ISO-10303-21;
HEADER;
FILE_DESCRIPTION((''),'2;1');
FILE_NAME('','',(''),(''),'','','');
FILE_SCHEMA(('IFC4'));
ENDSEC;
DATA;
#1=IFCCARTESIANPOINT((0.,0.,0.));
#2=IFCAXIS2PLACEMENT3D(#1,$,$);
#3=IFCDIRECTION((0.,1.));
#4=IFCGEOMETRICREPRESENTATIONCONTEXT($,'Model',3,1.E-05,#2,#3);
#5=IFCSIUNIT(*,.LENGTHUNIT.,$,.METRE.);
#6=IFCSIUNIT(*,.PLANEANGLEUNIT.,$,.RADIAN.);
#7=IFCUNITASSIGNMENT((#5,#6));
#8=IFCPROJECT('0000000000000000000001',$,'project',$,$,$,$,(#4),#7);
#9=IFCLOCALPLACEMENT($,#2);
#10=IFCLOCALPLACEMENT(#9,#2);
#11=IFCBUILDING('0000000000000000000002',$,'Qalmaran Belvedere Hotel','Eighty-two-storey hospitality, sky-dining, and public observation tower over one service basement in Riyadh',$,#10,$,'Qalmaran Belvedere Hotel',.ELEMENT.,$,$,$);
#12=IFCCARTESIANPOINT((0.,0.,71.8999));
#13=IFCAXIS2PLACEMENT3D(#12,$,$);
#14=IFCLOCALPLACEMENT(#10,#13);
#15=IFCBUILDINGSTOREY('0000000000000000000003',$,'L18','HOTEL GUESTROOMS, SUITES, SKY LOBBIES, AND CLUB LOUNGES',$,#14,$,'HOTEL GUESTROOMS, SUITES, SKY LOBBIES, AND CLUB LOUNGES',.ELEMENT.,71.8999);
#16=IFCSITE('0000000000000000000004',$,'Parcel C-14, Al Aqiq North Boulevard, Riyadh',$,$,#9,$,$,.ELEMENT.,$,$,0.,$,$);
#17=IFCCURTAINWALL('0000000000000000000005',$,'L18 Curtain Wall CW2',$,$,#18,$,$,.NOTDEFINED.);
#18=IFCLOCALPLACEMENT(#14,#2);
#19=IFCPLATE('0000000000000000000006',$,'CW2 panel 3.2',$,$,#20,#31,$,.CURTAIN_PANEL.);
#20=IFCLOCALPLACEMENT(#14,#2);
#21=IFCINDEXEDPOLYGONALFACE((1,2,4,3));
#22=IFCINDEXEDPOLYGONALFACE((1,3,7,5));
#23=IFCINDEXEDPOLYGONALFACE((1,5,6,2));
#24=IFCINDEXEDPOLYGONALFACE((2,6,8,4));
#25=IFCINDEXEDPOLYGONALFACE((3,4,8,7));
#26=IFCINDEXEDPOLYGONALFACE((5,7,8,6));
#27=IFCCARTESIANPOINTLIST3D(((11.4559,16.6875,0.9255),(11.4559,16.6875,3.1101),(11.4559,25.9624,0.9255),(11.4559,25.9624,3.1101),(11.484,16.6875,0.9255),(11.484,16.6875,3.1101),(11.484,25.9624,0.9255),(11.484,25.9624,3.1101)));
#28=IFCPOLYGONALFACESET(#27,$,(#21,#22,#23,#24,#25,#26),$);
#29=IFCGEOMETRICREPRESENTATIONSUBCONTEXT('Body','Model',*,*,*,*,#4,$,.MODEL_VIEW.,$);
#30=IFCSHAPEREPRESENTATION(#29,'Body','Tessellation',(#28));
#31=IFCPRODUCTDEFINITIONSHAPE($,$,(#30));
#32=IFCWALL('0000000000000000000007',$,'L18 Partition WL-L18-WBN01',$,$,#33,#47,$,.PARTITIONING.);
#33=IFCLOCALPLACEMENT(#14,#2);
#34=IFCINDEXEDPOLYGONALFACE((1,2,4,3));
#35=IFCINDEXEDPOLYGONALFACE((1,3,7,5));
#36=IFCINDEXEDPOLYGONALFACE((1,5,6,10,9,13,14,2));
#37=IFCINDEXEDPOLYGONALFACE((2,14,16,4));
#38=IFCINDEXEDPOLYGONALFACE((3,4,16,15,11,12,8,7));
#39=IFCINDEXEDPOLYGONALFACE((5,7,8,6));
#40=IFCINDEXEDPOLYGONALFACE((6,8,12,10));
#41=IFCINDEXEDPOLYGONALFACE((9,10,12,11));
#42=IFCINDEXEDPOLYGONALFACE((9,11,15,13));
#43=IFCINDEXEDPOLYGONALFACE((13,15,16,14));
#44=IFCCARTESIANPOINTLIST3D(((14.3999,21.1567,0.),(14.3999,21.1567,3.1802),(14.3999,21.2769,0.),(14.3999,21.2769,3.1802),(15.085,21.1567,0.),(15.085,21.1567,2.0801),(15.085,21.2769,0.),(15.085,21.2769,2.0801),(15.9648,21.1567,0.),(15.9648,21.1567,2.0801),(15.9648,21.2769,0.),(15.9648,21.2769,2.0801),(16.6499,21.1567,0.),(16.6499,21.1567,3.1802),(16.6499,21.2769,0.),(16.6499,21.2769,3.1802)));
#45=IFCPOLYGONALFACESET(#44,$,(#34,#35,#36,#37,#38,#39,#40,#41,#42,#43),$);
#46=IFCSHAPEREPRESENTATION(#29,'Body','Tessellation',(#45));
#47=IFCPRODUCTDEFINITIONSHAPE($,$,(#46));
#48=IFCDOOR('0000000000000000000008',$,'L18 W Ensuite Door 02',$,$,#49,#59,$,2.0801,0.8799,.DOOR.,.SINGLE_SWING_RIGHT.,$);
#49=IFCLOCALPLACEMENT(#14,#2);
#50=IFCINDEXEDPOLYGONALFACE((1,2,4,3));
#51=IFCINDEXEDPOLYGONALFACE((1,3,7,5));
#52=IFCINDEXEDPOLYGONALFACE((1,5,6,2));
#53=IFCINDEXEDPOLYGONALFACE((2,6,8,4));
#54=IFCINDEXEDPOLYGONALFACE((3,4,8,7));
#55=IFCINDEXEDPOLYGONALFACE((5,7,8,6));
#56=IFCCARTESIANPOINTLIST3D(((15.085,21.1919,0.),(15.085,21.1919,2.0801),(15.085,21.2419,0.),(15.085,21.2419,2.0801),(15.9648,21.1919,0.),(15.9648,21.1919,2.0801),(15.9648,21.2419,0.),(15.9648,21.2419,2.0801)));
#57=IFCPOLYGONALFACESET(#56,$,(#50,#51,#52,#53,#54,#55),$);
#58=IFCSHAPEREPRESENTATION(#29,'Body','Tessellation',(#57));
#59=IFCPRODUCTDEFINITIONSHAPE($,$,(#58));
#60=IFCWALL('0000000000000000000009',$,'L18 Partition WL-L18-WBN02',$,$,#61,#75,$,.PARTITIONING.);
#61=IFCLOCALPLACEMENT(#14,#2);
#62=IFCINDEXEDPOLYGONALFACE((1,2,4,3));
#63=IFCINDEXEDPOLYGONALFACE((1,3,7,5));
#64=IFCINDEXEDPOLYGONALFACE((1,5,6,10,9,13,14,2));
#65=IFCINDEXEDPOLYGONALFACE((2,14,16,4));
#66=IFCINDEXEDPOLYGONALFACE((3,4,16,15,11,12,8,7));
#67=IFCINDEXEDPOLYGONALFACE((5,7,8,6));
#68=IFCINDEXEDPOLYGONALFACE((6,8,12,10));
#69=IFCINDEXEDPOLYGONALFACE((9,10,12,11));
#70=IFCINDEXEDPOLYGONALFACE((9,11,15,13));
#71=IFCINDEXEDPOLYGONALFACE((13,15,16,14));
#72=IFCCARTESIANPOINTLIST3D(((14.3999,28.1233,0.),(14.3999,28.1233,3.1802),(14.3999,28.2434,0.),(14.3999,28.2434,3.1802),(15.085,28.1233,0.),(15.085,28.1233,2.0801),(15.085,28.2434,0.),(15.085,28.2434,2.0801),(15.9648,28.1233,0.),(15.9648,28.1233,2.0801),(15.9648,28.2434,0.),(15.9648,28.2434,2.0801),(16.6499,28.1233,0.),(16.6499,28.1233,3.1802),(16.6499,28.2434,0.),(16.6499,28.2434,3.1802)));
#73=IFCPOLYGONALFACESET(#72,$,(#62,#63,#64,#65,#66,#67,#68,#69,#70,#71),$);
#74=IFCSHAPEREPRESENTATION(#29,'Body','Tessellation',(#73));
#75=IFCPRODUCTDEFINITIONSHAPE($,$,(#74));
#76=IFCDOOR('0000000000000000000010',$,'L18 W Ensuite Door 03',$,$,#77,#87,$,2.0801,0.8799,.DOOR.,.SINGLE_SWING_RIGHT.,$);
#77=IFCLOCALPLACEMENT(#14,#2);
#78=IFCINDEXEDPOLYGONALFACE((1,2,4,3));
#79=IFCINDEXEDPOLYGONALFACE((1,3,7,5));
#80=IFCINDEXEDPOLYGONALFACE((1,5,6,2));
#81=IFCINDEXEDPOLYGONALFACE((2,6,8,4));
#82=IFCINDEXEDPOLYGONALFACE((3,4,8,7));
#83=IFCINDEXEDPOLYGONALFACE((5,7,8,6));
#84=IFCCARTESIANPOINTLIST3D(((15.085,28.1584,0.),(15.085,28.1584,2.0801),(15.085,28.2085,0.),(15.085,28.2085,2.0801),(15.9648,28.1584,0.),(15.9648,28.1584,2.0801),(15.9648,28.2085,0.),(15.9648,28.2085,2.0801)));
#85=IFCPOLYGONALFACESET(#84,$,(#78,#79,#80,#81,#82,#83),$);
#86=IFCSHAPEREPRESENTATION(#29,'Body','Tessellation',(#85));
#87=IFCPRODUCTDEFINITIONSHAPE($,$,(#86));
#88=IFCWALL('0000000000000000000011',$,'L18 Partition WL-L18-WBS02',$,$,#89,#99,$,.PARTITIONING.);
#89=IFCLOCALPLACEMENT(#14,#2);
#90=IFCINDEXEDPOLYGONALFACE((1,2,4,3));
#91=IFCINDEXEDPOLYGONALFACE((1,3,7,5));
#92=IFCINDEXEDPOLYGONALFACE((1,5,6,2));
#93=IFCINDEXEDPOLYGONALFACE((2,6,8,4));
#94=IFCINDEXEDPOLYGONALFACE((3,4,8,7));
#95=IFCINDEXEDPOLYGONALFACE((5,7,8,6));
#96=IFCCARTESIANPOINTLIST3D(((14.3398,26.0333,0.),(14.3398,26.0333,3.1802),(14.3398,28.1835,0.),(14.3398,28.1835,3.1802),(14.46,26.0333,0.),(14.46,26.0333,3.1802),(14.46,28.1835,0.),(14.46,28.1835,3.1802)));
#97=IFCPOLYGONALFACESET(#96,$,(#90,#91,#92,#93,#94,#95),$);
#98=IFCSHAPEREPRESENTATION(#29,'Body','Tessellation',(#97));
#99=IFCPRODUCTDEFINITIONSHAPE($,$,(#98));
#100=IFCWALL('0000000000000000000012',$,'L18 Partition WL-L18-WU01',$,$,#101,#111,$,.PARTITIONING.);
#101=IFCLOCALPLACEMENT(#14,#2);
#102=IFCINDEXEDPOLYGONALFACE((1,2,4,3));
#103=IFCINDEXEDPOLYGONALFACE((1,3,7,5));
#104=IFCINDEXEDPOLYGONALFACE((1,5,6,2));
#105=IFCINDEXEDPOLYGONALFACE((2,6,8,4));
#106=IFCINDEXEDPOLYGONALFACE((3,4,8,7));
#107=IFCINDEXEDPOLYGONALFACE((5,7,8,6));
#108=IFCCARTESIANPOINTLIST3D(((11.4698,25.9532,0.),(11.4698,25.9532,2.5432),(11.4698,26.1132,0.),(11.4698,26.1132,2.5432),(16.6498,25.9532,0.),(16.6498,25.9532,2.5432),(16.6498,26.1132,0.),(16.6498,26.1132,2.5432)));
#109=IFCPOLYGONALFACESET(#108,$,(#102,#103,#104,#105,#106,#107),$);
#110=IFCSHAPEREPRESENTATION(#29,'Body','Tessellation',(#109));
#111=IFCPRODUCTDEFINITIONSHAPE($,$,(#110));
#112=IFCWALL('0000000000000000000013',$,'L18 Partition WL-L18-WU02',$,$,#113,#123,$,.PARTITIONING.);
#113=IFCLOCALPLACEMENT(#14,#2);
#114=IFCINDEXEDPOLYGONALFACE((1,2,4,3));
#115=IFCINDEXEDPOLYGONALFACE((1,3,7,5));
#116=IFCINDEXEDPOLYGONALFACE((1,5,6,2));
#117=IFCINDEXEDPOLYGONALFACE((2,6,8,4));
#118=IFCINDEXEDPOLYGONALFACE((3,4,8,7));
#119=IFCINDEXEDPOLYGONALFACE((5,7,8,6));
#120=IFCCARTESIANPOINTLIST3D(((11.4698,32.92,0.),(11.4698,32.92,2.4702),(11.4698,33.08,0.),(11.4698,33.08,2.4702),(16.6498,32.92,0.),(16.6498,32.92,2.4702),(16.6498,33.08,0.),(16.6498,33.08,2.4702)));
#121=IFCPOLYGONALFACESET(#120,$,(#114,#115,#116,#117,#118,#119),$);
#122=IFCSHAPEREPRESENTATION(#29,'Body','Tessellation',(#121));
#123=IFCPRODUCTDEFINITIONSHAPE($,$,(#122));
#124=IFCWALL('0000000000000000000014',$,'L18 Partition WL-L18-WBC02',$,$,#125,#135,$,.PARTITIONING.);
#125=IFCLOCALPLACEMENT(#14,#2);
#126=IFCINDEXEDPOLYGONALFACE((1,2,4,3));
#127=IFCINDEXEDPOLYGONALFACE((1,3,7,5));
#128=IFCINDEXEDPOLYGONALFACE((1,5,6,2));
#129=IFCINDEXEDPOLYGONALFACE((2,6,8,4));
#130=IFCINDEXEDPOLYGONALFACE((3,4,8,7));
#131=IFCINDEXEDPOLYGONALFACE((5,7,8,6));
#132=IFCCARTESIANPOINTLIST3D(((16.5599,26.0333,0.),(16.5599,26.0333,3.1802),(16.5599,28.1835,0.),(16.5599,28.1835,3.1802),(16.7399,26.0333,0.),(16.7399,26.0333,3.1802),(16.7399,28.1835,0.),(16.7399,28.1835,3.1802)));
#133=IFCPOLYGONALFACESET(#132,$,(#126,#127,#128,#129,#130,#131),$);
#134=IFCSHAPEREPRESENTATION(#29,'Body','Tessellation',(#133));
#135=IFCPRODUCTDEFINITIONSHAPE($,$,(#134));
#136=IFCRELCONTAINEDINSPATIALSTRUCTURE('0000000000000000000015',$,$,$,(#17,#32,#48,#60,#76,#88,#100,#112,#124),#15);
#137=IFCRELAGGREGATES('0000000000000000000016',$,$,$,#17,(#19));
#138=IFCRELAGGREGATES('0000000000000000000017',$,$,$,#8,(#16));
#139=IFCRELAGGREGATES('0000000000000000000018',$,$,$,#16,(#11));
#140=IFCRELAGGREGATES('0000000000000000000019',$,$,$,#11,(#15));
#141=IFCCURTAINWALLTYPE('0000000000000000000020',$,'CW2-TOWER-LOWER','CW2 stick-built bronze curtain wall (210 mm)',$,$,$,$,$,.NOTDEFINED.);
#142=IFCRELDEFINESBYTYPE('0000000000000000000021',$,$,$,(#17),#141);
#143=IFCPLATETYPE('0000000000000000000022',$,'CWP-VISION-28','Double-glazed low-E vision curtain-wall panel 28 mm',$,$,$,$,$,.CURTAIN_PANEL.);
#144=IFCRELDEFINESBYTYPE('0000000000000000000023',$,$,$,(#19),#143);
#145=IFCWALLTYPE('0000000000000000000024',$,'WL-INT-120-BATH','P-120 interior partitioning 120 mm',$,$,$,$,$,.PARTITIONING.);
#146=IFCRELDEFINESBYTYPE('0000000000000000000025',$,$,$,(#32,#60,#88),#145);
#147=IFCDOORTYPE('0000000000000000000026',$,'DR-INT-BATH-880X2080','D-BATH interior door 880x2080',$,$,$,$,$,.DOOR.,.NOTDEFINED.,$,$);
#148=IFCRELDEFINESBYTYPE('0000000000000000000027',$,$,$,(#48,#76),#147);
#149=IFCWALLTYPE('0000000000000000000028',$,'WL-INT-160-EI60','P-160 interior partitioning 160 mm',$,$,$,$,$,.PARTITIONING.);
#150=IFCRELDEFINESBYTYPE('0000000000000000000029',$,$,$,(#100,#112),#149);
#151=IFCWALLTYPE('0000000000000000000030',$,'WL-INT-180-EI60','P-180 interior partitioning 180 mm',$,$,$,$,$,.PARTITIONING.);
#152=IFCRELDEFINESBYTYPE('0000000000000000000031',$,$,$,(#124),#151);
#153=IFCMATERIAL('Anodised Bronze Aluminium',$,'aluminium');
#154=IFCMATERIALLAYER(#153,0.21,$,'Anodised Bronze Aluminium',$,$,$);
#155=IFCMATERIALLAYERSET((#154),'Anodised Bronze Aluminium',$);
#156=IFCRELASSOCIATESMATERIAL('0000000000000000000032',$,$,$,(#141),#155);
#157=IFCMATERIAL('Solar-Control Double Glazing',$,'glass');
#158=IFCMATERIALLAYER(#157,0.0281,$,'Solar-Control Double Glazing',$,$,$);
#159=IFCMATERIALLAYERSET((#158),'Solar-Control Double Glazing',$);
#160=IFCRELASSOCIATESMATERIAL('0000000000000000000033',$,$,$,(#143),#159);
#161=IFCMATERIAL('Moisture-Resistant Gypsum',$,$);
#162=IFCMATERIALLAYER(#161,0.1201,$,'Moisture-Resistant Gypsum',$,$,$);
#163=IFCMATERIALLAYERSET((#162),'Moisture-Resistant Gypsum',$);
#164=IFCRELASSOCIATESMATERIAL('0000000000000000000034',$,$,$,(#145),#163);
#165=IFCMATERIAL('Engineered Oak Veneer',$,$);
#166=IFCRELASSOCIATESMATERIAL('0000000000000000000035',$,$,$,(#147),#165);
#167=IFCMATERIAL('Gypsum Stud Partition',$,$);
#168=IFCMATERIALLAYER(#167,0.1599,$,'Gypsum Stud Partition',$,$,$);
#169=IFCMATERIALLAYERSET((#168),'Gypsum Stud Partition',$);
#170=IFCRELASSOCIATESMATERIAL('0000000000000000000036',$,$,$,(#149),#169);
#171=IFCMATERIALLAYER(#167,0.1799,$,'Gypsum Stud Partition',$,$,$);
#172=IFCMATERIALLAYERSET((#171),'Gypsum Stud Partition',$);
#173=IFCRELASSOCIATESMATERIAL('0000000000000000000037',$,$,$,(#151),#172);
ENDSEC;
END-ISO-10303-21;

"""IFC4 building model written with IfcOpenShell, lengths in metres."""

from ifc_helpers import new_model, si_unit, direction, frame, frame_2d, origin, origin_2d, place, context, subcontext, project, spatial, rectangle, extrude, material, layer, layer_set, type_object, element, fill, aggregate, save


model = new_model("IFC4")

# Units and contexts
model_context = context("Model", 3, precision=1e-05, world=origin(), true_north=direction((0.0, 1.0)))
body_context = subcontext(model_context, "Body", "Model", "MODEL_VIEW")
ifc_project = project(units=[si_unit("LENGTHUNIT", "METRE"), si_unit("PLANEANGLEUNIT", "RADIAN")], contexts=[model_context])

# Site, building, storey
site_placement = place(None, origin())
site = spatial("IfcSite", under=ifc_project, at=site_placement, Name="Parcel C-14, Al Aqiq North Boulevard, Riyadh", CompositionType="ELEMENT", RefElevation=0.0)
building_placement = place(site_placement, origin())
building = spatial("IfcBuilding", under=site, at=building_placement, Name="Qalmaran Belvedere Hotel", Description="Eighty-two-storey hospitality, sky-dining, and public observation tower over one service basement in Riyadh", LongName="Qalmaran Belvedere Hotel", CompositionType="ELEMENT")
storey_placement = place(building_placement, frame((0.0, 0.0, 71.8999)))
storey = spatial("IfcBuildingStorey", under=building, at=storey_placement, Name="L18", Description="HOTEL GUESTROOMS, SUITES, SKY LOBBIES, AND CLUB LOUNGES", LongName="HOTEL GUESTROOMS, SUITES, SKY LOBBIES, AND CLUB LOUNGES", CompositionType="ELEMENT", Elevation=71.8999)

# Curtain wall, plate
ifc_material_1 = material(Name="Anodised Bronze Aluminium", Category="aluminium")
ifc_layer_1 = layer(ifc_material_1, 0.21, Name="Anodised Bronze Aluminium")
ifc_layer_set_1 = layer_set([ifc_layer_1], Name="Anodised Bronze Aluminium")
curtain_wall_type = type_object("IfcCurtainWallType", Name="CW2-TOWER-LOWER", Description="CW2 stick-built bronze curtain wall (210 mm)", PredefinedType="NOTDEFINED", material=ifc_layer_set_1)
curtain_wall_placement = place(storey_placement, origin())
curtain_wall = element("IfcCurtainWall", 1, at=curtain_wall_placement, inside=storey, type_object=curtain_wall_type, Name="L18 Curtain Wall CW2", PredefinedType="NOTDEFINED")
ifc_material_2 = material(Name="Solar-Control Double Glazing", Category="glass")
ifc_layer_2 = layer(ifc_material_2, 0.0281, Name="Solar-Control Double Glazing")
ifc_layer_set_2 = layer_set([ifc_layer_2], Name="Solar-Control Double Glazing")
plate_type_1 = type_object("IfcPlateType", Name="CWP-VISION-28", Description="Double-glazed low-E vision curtain-wall panel 28 mm", PredefinedType="CURTAIN_PANEL", material=ifc_layer_set_2)
plate_1_placement = place(storey_placement, frame((11.47, 21.325, 0.9255), z_axis=(0.0, 0.0, 1.0), x_axis=(0.0, -1.0, 0.0)))
plate_1 = element("IfcPlate", 2, at=plate_1_placement, type_object=plate_type_1, Name="CW2 panel 3.2", PredefinedType="CURTAIN_PANEL", context=body_context, shape_type="SweptSolid", body=[
    extrude(rectangle(XDim=9.2749, YDim=0.0281, at=origin_2d()), origin(), (0.0, 0.0, 1.0), 2.1846),
])
aggregate(curtain_wall, [plate_1])

# Walls, openings, doors
ifc_material_3 = material(Name="Moisture-Resistant Gypsum")
ifc_layer_3 = layer(ifc_material_3, 0.1201, Name="Moisture-Resistant Gypsum")
ifc_layer_set_3 = layer_set([ifc_layer_3], Name="Moisture-Resistant Gypsum")
wall_type_1 = type_object("IfcWallType", Name="WL-INT-120-BATH", Description="P-120 interior partitioning 120 mm", PredefinedType="PARTITIONING", material=ifc_layer_set_3)
wall_1_placement = place(storey_placement, frame((14.3999, 21.2168, 0.0), z_axis=(0.0, 0.0, 1.0), x_axis=(1.0, 0.0, 0.0)))
wall_1 = element("IfcWall", 3, at=wall_1_placement, inside=storey, type_object=wall_type_1, Name="L18 Partition WL-L18-WBN01", PredefinedType="PARTITIONING", context=body_context, shape_type="SweptSolid", body=[
    extrude(rectangle(XDim=2.25, YDim=0.1201, at=frame_2d((1.125, 0.0))), origin(), (0.0, 0.0, 1.0), 3.1802),
])
opening_1_placement = place(wall_1_placement, frame((1.5649, 0.0, 0.0), z_axis=(0.0, 0.0, 1.0), x_axis=(-1.0, 0.0, 0.0)))
opening_1 = element("IfcOpeningElement", 4, at=opening_1_placement, cuts=wall_1, PredefinedType="OPENING", context=body_context, shape_type="SweptSolid", body=[
    extrude(rectangle(XDim=0.8799, YDim=2.0801, at=frame_2d((0.4399, 1.04))), frame((0.0, 0.0701, 0.0), z_axis=(0.0, -1.0, 0.0), x_axis=(1.0, 0.0, 0.0)), (0.0, 0.0, 1.0), 0.1401),
])
ifc_material_4 = material(Name="Engineered Oak Veneer")
door_type_1 = type_object("IfcDoorType", Name="DR-INT-BATH-880X2080", Description="D-BATH interior door 880x2080", OperationType="NOTDEFINED", PredefinedType="DOOR", material=ifc_material_4)
door_1_placement = place(opening_1_placement, origin())
door_1 = element("IfcDoor", 5, at=door_1_placement, inside=storey, type_object=door_type_1, Name="L18 W Ensuite Door 02", OperationType="SINGLE_SWING_RIGHT", OverallHeight=2.0801, OverallWidth=0.8799, PredefinedType="DOOR", context=body_context, shape_type="SweptSolid", body=[
    extrude(rectangle(XDim=0.8799, YDim=2.0801, at=frame_2d((0.4399, 1.04))), frame((0.0, 0.0249, 0.0), z_axis=(0.0, -1.0, 0.0), x_axis=(1.0, 0.0, 0.0)), (0.0, 0.0, 1.0), 0.05),
])
fill(opening_1, door_1)
wall_2_placement = place(storey_placement, frame((14.3999, 28.1833, 0.0), z_axis=(0.0, 0.0, 1.0), x_axis=(1.0, 0.0, 0.0)))
wall_2 = element("IfcWall", 6, at=wall_2_placement, inside=storey, type_object=wall_type_1, Name="L18 Partition WL-L18-WBN02", PredefinedType="PARTITIONING", context=body_context, shape_type="SweptSolid", body=[
    extrude(rectangle(XDim=2.25, YDim=0.1201, at=frame_2d((1.125, 0.0))), origin(), (0.0, 0.0, 1.0), 3.1802),
])
opening_2_placement = place(wall_2_placement, frame((1.5649, 0.0, 0.0), z_axis=(0.0, 0.0, 1.0), x_axis=(-1.0, 0.0, 0.0)))
opening_2 = element("IfcOpeningElement", 7, at=opening_2_placement, cuts=wall_2, PredefinedType="OPENING", context=body_context, shape_type="SweptSolid", body=[
    extrude(rectangle(XDim=0.8799, YDim=2.0801, at=frame_2d((0.4399, 1.04))), frame((0.0, 0.0701, 0.0), z_axis=(0.0, -1.0, 0.0), x_axis=(1.0, 0.0, 0.0)), (0.0, 0.0, 1.0), 0.1401),
])
door_2_placement = place(opening_2_placement, origin())
door_2 = element("IfcDoor", 8, at=door_2_placement, inside=storey, type_object=door_type_1, Name="L18 W Ensuite Door 03", OperationType="SINGLE_SWING_RIGHT", OverallHeight=2.0801, OverallWidth=0.8799, PredefinedType="DOOR", context=body_context, shape_type="SweptSolid", body=[
    extrude(rectangle(XDim=0.8799, YDim=2.0801, at=frame_2d((0.4399, 1.04))), frame((0.0, 0.0249, 0.0), z_axis=(0.0, -1.0, 0.0), x_axis=(1.0, 0.0, 0.0)), (0.0, 0.0, 1.0), 0.05),
])
fill(opening_2, door_2)

# Wall
wall_3_placement = place(storey_placement, frame((14.3999, 26.0332, 0.0), z_axis=(0.0, 0.0, 1.0), x_axis=(0.0, 1.0, 0.0)))
element("IfcWall", 9, at=wall_3_placement, inside=storey, type_object=wall_type_1, Name="L18 Partition WL-L18-WBS02", PredefinedType="PARTITIONING", context=body_context, shape_type="SweptSolid", body=[
    extrude(rectangle(XDim=2.1501, YDim=0.1201, at=frame_2d((1.0752, 0.0))), origin(), (0.0, 0.0, 1.0), 3.1802),
])

# Shared definitions
ifc_material_5 = material(Name="Gypsum Stud Partition")

# Walls
ifc_layer_4 = layer(ifc_material_5, 0.1599, Name="Gypsum Stud Partition")
ifc_layer_set_4 = layer_set([ifc_layer_4], Name="Gypsum Stud Partition")
wall_type_2 = type_object("IfcWallType", Name="WL-INT-160-EI60", Description="P-160 interior partitioning 160 mm", PredefinedType="PARTITIONING", material=ifc_layer_set_4)
wall_4_placement = place(storey_placement, frame((11.47, 26.0332, 0.0), z_axis=(0.0, 0.0, 1.0), x_axis=(1.0, 0.0, 0.0)))
element("IfcWall", 10, at=wall_4_placement, inside=storey, type_object=wall_type_2, Name="L18 Partition WL-L18-WU01", PredefinedType="PARTITIONING", context=body_context, shape_type="SweptSolid", body=[
    extrude(rectangle(XDim=5.1799, YDim=0.1599, at=frame_2d((2.5898, 0.0))), origin(), (0.0, 0.0, 1.0), 2.5432),
])
wall_5_placement = place(storey_placement, frame((11.47, 33.0, 0.0), z_axis=(0.0, 0.0, 1.0), x_axis=(1.0, 0.0, 0.0)))
element("IfcWall", 11, at=wall_5_placement, inside=storey, type_object=wall_type_2, Name="L18 Partition WL-L18-WU02", PredefinedType="PARTITIONING", context=body_context, shape_type="SweptSolid", body=[
    extrude(rectangle(XDim=5.1799, YDim=0.1599, at=frame_2d((2.5898, 0.0))), origin(), (0.0, 0.0, 1.0), 2.4702),
])

# Shared definitions
ifc_layer_5 = layer(ifc_material_5, 0.1799, Name="Gypsum Stud Partition")
ifc_layer_set_5 = layer_set([ifc_layer_5], Name="Gypsum Stud Partition")
wall_type_3 = type_object("IfcWallType", Name="WL-INT-180-EI60", Description="P-180 interior partitioning 180 mm", PredefinedType="PARTITIONING", material=ifc_layer_set_5)

# Wall
wall_6_placement = place(storey_placement, frame((16.6499, 26.0332, 0.0), z_axis=(0.0, 0.0, 1.0), x_axis=(0.0, 1.0, 0.0)))
element("IfcWall", 12, at=wall_6_placement, inside=storey, type_object=wall_type_3, Name="L18 Partition WL-L18-WBC02", PredefinedType="PARTITIONING", context=body_context, shape_type="SweptSolid", body=[
    extrude(rectangle(XDim=2.1501, YDim=0.1799, at=frame_2d((1.0752, 0.0))), origin(), (0.0, 0.0, 1.0), 3.1802),
])

save(model, "model.ifc")
